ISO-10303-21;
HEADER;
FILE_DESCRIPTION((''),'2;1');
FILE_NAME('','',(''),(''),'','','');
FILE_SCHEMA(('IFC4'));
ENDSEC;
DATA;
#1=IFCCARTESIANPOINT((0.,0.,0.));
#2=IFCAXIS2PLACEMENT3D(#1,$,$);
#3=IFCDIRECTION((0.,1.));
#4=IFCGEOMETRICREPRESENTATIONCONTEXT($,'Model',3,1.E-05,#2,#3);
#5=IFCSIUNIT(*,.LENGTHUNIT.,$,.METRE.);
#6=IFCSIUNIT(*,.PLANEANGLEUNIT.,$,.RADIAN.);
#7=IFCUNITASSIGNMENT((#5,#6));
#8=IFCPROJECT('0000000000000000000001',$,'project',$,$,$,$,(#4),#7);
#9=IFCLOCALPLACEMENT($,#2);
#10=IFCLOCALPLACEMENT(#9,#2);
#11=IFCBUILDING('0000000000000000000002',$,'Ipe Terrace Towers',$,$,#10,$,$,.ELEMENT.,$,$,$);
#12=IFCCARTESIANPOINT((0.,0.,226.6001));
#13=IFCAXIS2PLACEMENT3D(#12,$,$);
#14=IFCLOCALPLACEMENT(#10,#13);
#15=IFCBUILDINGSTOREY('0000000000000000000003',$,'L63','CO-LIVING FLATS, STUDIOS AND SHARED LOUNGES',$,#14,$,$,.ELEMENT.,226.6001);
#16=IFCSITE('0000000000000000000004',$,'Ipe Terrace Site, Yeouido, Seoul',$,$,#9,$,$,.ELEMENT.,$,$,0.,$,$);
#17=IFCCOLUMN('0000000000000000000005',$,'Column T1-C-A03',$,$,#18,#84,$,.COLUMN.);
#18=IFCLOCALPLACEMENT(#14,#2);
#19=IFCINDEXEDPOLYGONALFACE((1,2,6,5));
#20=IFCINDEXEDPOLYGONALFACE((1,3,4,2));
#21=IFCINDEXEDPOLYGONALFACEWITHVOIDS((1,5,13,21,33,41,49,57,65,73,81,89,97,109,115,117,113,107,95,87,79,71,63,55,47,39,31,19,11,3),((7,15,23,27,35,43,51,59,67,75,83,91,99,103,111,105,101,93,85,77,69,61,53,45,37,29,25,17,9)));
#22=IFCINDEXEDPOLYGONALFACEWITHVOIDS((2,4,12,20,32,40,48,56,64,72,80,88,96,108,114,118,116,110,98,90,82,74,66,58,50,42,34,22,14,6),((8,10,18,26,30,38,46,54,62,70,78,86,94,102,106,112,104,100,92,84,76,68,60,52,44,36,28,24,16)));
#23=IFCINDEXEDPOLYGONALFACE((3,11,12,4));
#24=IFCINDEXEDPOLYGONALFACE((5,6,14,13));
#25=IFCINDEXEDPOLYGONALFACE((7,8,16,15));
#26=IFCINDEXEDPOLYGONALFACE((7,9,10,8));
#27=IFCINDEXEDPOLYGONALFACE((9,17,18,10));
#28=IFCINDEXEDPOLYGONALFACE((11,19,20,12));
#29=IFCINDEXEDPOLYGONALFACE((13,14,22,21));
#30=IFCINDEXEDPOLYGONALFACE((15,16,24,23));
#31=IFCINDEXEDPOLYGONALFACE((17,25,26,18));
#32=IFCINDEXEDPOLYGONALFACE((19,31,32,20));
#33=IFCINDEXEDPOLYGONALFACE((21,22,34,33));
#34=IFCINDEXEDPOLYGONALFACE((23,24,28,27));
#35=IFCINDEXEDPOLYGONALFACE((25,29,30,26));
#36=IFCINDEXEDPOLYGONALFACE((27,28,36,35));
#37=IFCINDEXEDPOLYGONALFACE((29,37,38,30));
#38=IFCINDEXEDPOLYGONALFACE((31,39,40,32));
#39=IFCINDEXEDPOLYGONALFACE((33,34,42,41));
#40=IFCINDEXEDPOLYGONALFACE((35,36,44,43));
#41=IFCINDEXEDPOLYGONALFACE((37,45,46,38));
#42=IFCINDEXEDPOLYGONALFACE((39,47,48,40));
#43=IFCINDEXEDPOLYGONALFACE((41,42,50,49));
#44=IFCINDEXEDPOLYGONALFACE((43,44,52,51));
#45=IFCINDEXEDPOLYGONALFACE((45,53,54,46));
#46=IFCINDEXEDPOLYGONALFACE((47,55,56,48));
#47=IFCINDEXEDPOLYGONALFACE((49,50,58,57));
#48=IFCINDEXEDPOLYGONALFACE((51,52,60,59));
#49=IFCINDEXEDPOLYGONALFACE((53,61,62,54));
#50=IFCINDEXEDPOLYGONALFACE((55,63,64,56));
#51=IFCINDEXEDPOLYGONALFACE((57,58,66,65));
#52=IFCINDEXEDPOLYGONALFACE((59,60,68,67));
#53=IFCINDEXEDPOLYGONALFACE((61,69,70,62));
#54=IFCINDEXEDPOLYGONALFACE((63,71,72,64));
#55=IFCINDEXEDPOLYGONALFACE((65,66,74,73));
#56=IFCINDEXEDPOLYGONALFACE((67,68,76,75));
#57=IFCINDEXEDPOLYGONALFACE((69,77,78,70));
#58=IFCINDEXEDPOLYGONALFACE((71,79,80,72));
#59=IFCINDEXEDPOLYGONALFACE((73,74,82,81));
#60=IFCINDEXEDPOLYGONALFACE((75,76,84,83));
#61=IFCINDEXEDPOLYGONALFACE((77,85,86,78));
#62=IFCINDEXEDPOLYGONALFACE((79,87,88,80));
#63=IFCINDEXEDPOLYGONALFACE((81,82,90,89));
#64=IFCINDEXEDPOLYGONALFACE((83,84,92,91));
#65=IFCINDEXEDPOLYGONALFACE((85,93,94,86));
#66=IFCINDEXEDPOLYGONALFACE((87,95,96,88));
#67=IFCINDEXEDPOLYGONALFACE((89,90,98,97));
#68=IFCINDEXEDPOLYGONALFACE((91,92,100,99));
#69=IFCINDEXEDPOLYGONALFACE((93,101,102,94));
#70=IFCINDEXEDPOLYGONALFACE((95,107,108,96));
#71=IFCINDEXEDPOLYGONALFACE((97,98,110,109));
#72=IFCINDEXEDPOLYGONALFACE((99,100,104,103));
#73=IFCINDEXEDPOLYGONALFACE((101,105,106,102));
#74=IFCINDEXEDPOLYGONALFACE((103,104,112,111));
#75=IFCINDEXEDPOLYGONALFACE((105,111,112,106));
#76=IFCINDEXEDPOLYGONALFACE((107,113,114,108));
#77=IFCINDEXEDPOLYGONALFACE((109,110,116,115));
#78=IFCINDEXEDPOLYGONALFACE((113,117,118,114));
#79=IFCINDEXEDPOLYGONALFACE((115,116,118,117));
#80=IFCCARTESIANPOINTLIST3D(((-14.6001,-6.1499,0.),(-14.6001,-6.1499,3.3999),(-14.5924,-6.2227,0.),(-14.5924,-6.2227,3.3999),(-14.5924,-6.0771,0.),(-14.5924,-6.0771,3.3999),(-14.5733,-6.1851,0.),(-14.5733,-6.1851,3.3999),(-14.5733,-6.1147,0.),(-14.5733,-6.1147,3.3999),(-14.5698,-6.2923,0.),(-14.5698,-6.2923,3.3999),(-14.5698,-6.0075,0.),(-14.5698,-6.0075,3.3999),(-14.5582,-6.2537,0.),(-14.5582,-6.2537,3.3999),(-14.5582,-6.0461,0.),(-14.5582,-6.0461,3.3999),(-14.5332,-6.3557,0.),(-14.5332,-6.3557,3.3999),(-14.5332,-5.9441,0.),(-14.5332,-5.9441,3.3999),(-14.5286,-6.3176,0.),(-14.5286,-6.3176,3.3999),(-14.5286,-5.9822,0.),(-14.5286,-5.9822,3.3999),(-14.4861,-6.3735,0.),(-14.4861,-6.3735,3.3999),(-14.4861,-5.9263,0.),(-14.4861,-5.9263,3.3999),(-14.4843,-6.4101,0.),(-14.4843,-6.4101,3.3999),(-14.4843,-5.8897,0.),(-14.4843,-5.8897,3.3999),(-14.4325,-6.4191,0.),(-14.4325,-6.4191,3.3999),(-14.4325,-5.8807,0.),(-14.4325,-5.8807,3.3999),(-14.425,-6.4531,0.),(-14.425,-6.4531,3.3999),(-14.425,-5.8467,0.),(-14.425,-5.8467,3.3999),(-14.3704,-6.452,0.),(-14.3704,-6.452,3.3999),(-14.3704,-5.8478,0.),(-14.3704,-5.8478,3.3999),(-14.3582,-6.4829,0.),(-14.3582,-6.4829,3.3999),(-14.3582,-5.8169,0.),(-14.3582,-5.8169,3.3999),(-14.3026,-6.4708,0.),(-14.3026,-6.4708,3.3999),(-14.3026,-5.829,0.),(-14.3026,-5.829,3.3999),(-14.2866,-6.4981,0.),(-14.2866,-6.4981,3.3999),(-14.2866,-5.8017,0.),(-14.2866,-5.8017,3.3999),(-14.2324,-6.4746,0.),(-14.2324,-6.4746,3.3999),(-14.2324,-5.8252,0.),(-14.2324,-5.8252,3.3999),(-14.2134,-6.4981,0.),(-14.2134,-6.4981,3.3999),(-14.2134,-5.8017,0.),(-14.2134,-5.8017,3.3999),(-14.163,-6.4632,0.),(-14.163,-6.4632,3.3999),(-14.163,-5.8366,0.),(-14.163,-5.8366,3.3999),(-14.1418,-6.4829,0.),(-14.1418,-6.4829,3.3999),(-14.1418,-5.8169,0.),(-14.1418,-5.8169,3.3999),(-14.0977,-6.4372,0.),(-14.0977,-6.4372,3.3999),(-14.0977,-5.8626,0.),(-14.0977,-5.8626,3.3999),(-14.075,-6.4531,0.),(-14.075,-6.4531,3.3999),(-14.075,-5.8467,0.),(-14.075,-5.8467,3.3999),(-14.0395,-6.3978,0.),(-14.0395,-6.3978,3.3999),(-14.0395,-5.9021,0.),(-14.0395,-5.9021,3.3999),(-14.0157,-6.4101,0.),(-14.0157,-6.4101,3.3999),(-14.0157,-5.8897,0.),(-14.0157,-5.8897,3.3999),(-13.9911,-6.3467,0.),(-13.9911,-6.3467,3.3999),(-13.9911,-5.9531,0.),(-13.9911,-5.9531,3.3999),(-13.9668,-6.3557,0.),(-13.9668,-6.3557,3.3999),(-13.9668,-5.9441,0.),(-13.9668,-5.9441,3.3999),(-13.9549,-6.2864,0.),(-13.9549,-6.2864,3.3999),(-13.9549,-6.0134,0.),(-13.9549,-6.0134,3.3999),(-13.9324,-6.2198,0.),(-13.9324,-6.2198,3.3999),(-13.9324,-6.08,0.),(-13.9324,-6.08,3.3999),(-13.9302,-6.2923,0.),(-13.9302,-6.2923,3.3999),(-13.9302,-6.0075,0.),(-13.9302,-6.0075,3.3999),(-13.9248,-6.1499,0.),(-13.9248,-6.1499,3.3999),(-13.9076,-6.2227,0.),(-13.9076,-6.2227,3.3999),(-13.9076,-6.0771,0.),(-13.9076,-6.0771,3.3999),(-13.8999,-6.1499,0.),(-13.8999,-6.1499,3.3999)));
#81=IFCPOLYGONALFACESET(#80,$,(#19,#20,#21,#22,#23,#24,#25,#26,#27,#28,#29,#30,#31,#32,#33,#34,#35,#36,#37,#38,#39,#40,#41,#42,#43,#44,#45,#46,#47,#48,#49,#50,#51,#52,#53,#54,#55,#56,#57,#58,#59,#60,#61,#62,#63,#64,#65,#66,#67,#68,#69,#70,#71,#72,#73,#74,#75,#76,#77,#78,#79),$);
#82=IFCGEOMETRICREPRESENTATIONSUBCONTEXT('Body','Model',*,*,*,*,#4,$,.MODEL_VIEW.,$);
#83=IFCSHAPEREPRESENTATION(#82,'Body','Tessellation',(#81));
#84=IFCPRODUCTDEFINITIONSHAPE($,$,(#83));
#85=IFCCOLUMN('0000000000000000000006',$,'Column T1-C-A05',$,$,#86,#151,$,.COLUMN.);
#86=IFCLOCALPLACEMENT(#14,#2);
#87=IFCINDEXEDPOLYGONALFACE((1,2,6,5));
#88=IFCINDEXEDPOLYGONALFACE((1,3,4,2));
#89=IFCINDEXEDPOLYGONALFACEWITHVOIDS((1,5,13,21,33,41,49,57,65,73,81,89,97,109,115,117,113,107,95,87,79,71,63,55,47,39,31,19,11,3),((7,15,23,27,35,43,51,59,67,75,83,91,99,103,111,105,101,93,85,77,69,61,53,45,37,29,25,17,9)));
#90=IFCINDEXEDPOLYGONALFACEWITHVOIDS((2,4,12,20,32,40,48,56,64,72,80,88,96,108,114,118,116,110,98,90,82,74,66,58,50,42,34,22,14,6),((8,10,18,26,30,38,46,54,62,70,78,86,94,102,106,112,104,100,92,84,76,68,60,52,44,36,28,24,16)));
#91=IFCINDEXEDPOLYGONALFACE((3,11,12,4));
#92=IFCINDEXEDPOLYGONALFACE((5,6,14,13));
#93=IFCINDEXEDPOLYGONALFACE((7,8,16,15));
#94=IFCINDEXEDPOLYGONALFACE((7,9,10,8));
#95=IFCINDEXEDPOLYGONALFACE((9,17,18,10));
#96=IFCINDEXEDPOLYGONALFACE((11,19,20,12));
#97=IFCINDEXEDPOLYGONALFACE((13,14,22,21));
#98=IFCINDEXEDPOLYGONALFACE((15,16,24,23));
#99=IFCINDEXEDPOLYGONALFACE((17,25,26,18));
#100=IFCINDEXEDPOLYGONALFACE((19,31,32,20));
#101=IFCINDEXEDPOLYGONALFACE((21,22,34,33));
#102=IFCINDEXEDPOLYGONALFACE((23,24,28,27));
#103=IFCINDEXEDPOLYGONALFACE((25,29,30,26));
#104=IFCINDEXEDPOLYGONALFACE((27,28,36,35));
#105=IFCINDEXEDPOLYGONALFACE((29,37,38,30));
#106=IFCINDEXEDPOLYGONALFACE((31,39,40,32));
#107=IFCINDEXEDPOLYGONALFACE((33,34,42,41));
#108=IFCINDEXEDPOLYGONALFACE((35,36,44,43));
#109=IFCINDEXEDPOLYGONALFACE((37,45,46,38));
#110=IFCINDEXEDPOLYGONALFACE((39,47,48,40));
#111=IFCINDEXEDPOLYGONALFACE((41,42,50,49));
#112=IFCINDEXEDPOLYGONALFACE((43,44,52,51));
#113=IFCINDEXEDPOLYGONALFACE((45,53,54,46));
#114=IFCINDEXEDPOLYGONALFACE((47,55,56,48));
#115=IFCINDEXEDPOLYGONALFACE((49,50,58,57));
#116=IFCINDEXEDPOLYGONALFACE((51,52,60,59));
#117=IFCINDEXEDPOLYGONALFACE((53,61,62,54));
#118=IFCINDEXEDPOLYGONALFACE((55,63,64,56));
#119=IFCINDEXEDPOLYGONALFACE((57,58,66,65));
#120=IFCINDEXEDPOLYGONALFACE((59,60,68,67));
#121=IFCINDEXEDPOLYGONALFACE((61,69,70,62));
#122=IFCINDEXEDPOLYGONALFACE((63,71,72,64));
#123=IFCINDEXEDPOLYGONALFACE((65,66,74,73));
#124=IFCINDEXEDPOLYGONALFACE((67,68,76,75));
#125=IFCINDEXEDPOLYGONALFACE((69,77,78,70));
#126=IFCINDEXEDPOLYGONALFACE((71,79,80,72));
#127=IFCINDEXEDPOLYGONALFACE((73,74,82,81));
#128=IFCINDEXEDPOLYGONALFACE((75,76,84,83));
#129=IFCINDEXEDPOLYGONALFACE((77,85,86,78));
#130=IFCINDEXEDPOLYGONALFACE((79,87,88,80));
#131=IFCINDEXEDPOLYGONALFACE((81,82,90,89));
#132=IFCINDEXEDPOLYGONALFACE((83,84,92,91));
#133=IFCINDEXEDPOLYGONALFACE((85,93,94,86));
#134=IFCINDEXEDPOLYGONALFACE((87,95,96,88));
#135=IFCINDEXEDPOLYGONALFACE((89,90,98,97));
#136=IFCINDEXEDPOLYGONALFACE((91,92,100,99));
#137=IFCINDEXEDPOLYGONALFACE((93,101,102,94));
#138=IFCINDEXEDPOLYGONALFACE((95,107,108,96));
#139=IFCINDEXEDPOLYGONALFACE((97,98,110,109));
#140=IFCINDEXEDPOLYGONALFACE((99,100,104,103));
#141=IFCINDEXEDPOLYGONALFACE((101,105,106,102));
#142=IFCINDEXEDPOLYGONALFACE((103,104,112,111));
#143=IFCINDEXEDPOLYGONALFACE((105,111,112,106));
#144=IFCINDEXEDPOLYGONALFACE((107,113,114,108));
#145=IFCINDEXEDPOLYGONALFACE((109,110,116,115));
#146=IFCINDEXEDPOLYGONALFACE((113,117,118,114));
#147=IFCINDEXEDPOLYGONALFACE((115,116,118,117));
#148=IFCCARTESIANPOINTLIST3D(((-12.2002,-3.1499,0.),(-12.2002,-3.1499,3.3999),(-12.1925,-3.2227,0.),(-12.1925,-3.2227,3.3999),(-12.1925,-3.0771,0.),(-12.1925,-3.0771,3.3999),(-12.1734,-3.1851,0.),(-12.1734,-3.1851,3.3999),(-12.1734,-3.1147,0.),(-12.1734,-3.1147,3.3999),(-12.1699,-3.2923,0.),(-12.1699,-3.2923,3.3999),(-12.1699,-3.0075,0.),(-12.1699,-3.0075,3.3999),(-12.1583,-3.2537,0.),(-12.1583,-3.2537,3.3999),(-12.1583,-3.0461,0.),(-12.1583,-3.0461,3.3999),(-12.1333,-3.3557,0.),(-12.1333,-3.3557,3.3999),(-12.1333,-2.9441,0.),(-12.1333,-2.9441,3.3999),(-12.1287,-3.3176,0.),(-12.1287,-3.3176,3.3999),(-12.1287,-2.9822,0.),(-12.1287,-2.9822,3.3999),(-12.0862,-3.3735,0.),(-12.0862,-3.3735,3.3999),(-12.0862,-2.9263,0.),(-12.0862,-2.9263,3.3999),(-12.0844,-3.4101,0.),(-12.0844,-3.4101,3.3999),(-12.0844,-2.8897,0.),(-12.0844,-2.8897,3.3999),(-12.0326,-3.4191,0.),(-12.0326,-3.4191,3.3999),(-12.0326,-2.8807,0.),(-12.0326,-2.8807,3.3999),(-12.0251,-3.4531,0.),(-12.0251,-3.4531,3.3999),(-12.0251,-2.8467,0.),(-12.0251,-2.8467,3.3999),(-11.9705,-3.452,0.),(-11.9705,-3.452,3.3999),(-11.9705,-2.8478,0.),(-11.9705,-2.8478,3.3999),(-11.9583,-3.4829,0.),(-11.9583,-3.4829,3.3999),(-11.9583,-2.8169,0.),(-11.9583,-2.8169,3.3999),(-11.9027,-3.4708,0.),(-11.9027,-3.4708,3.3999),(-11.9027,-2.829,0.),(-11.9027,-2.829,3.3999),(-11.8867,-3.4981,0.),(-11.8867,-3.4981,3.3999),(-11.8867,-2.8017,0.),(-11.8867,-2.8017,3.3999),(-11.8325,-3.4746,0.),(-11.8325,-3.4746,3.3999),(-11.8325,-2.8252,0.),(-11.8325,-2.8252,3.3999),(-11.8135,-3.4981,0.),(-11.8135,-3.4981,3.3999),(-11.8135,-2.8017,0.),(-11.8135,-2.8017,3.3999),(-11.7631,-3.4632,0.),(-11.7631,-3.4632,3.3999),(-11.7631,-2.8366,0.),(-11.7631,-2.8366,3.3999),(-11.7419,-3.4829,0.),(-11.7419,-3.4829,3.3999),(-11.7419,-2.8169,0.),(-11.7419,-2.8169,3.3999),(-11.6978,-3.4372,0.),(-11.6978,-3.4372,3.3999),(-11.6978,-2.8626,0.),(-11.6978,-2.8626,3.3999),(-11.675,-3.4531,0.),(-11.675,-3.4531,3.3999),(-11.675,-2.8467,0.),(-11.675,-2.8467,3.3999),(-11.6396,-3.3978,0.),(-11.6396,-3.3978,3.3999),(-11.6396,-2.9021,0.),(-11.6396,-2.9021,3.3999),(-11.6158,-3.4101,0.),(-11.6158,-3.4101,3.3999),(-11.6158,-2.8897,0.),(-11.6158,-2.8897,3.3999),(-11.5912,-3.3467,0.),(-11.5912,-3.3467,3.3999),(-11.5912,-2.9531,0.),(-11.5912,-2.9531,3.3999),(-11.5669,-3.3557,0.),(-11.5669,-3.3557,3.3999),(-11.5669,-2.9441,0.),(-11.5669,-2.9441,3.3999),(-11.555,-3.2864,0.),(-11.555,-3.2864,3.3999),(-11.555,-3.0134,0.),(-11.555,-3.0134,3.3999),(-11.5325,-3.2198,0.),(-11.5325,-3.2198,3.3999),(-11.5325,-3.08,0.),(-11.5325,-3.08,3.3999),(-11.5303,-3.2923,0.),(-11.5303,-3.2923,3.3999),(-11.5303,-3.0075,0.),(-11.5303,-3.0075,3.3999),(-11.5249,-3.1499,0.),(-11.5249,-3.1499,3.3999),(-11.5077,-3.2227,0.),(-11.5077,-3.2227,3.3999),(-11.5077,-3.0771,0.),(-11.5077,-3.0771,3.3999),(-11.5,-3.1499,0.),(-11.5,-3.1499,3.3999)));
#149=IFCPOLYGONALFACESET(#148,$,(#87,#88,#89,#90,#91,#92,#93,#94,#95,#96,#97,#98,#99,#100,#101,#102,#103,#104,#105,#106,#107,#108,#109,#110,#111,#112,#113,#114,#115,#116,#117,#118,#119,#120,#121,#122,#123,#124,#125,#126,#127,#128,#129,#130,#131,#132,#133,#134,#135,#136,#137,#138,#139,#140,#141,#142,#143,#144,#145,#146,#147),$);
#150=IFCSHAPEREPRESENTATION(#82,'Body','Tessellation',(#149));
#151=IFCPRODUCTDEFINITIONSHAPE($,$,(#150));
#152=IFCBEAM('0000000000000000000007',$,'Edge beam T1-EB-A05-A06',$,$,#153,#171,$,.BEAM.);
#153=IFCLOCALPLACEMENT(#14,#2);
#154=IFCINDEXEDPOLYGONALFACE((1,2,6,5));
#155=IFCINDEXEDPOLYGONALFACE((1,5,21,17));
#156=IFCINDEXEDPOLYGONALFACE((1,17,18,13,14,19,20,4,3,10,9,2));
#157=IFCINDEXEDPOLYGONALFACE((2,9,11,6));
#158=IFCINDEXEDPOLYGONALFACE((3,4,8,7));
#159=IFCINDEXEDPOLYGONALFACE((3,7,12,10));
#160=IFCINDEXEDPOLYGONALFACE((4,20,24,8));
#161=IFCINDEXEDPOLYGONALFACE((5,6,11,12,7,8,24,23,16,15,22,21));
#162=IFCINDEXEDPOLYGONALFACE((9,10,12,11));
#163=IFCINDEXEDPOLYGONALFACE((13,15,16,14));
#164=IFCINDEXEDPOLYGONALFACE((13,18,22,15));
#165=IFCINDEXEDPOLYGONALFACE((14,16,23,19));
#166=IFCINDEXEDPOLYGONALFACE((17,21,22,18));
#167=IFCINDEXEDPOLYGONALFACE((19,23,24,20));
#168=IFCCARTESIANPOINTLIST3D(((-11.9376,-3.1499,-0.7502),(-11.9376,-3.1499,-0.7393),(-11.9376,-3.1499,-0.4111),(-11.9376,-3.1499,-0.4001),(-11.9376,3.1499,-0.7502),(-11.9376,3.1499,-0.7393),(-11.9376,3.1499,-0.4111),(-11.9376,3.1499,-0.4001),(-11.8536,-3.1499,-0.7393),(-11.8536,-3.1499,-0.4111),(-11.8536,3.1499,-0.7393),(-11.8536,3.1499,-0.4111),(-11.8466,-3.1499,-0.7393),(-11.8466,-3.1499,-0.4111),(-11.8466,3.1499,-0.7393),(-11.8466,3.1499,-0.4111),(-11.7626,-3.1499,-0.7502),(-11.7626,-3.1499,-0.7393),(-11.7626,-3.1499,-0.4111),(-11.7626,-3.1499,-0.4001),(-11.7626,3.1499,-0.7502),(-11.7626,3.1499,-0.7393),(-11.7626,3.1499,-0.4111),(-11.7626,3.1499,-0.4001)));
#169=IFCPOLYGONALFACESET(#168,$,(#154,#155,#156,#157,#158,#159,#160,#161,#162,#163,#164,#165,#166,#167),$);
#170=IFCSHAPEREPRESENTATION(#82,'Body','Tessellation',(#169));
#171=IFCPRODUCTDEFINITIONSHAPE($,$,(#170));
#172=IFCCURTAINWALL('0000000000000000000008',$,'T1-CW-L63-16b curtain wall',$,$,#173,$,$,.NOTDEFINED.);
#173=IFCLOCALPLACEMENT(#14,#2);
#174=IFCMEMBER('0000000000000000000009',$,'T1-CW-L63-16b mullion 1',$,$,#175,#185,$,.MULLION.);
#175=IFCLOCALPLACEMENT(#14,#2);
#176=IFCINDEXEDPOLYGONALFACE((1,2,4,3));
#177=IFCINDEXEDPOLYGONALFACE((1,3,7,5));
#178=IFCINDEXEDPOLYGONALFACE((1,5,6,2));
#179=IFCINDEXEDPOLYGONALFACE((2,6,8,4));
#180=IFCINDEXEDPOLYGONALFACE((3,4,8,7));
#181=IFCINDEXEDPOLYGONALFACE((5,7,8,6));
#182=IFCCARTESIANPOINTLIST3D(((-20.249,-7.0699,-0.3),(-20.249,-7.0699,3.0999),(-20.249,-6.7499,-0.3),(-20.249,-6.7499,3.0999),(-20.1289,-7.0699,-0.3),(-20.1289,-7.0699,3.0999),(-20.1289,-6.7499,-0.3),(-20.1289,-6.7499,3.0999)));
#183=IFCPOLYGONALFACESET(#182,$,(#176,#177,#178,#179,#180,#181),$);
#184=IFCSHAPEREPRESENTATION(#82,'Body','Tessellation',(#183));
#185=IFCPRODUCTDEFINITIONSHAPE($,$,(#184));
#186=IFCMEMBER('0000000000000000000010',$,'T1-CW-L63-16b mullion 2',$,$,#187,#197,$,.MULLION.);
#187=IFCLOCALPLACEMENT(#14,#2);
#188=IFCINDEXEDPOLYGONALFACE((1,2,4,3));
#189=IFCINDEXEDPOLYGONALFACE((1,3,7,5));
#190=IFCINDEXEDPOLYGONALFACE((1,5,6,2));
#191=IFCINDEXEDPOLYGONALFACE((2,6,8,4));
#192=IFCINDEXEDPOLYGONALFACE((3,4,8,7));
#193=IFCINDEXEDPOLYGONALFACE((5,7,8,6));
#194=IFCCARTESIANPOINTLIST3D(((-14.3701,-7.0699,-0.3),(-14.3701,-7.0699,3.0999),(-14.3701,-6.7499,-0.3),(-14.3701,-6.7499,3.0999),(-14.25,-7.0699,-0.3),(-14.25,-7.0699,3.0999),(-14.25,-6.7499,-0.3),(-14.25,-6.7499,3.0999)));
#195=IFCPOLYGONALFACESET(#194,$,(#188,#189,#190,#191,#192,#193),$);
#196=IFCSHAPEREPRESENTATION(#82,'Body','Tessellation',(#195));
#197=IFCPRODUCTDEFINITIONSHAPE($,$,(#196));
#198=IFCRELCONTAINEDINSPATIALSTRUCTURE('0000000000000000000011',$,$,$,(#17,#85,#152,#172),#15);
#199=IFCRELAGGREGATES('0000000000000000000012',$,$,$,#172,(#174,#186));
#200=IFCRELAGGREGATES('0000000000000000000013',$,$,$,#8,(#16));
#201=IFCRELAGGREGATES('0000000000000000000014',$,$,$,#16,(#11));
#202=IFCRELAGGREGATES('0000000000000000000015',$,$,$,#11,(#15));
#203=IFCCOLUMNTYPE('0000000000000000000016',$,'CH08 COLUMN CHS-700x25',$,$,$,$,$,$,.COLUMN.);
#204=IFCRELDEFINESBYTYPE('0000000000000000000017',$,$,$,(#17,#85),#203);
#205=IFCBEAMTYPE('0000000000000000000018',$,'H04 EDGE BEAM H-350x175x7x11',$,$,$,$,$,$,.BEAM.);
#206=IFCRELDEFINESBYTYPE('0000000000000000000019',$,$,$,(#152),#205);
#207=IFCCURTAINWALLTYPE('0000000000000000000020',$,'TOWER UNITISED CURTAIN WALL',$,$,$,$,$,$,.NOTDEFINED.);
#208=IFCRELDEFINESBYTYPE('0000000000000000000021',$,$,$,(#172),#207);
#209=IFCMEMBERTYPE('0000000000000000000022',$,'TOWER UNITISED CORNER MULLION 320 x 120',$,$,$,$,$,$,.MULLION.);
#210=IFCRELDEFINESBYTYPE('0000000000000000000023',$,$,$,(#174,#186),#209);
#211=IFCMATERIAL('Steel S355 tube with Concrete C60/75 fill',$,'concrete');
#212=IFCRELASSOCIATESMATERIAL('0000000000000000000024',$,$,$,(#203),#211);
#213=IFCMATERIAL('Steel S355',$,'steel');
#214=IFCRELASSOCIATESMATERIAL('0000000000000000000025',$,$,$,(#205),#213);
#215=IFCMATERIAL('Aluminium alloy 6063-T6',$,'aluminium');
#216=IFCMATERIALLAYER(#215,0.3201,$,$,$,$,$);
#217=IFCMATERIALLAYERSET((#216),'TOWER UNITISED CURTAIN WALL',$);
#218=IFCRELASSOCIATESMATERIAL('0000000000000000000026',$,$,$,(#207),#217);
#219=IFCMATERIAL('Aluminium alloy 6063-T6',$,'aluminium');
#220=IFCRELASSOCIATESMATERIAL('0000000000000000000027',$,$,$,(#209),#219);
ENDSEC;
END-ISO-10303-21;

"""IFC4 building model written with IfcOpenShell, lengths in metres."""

from ifc_helpers import new_model, si_unit, direction, frame, origin, origin_2d, place, context, subcontext, project, spatial, rectangle, hollow_circle, i_section, extrude, material, layer, layer_set, material_profile, profile_set, type_object, element, aggregate, save


model = new_model("IFC4")

# Units and contexts
model_context = context("Model", 3, precision=1e-05, world=origin(), true_north=direction((0.0, 1.0)))
body_context = subcontext(model_context, "Body", "Model", "MODEL_VIEW")
ifc_project = project(units=[si_unit("LENGTHUNIT", "METRE"), si_unit("PLANEANGLEUNIT", "RADIAN")], contexts=[model_context])

# Site, building, storey
site_placement = place(None, origin())
site = spatial("IfcSite", under=ifc_project, at=site_placement, Name="Ipe Terrace Site, Yeouido, Seoul", CompositionType="ELEMENT", RefElevation=0.0)
building_placement = place(site_placement, origin())
building = spatial("IfcBuilding", under=site, at=building_placement, Name="Ipe Terrace Towers", CompositionType="ELEMENT")
storey_placement = place(building_placement, frame((0.0, 0.0, 226.6001)))
storey = spatial("IfcBuildingStorey", under=building, at=storey_placement, Name="L63", Description="CO-LIVING FLATS, STUDIOS AND SHARED LOUNGES", CompositionType="ELEMENT", Elevation=226.6001)

# Columns
ifc_material_1 = material(Name="Steel S355 tube with Concrete C60/75 fill", Category="concrete")
ifc_material_profile_1 = material_profile(ifc_material_1, hollow_circle(Radius=0.3501, WallThickness=0.0249, at=origin_2d()), Name="CHS-700x25")
ifc_profile_set_1 = profile_set([ifc_material_profile_1], Name="Steel S355 tube with Concrete C60/75 fill")
column_type = type_object("IfcColumnType", Name="CH08 COLUMN CHS-700x25", PredefinedType="COLUMN", material=ifc_profile_set_1)
for number, where, z_axis, x_axis, name in (
    (1, (-14.25, -6.1499, 0.0), (0.0, 0.0, 1.0), (1.0, 0.0, 0.0), "Column T1-C-A03"),
    (2, (-11.8501, -3.1499, 0.0), (0.0, 0.0, 1.0), (1.0, 0.0, 0.0), "Column T1-C-A05"),
):
    element("IfcColumn", number, at=place(storey_placement, frame(where, z_axis=z_axis, x_axis=x_axis)), inside=storey, type_object=column_type, Name=name, PredefinedType="COLUMN", context=body_context, shape_type="SweptSolid", body=[
        extrude(hollow_circle(Radius=0.3501, WallThickness=0.0249, at=origin_2d()), origin(), (0.0, 0.0, 1.0), 3.3999),
    ])

# Beam
ifc_material_2 = material(Name="Steel S355", Category="steel")
ifc_material_profile_2 = material_profile(ifc_material_2, i_section(OverallWidth=0.175, OverallDepth=0.3501, WebThickness=0.0071, FlangeThickness=0.011, at=origin_2d()), Name="H-350x175x7x11")
ifc_profile_set_2 = profile_set([ifc_material_profile_2], Name="Steel S355")
beam_type = type_object("IfcBeamType", Name="H04 EDGE BEAM H-350x175x7x11", PredefinedType="BEAM", material=ifc_profile_set_2)
beam_placement = place(storey_placement, frame((-11.8501, -3.1499, -0.5752), z_axis=(0.0, 1.0, 0.0), x_axis=(-1.0, 0.0, 0.0)))
element("IfcBeam", 3, at=beam_placement, inside=storey, type_object=beam_type, Name="Edge beam T1-EB-A05-A06", PredefinedType="BEAM", context=body_context, shape_type="SweptSolid", body=[
    extrude(i_section(OverallWidth=0.175, OverallDepth=0.3501, WebThickness=0.0071, FlangeThickness=0.011, at=origin_2d()), origin(), (0.0, 0.0, 1.0), 6.2998),
])

# Curtain wall, members
ifc_material_3 = material(Name="Aluminium alloy 6063-T6", Category="aluminium")
ifc_layer_1 = layer(ifc_material_3, 0.3201)
ifc_layer_set_1 = layer_set([ifc_layer_1], Name="TOWER UNITISED CURTAIN WALL")
curtain_wall_type = type_object("IfcCurtainWallType", Name="TOWER UNITISED CURTAIN WALL", PredefinedType="NOTDEFINED", material=ifc_layer_set_1)
curtain_wall_1_placement = place(storey_placement, origin())
curtain_wall_1 = element("IfcCurtainWall", 4, at=curtain_wall_1_placement, inside=storey, type_object=curtain_wall_type, Name="T1-CW-L63-16b curtain wall", PredefinedType="NOTDEFINED")
ifc_material_4 = material(Name="Aluminium alloy 6063-T6", Category="aluminium")
ifc_material_profile_3 = material_profile(ifc_material_4, rectangle(XDim=0.3201, YDim=0.1201, at=origin_2d()), Name="TOWER UNITISED CORNER MULLION 320 x 120")
ifc_profile_set_3 = profile_set([ifc_material_profile_3], Name="Aluminium alloy 6063-T6")
member_type_1 = type_object("IfcMemberType", Name="TOWER UNITISED CORNER MULLION 320 x 120", PredefinedType="MULLION", material=ifc_profile_set_3)
member_1_placement = place(storey_placement, frame((-20.189, -6.9099, -0.3), z_axis=(0.0, 0.0, 1.0), x_axis=(0.0, -1.0, 0.0)))
member_1 = element("IfcMember", 5, at=member_1_placement, type_object=member_type_1, Name="T1-CW-L63-16b mullion 1", PredefinedType="MULLION", context=body_context, shape_type="SweptSolid", body=[
    extrude(rectangle(XDim=0.3201, YDim=0.1201, at=origin_2d()), origin(), (0.0, 0.0, 1.0), 3.3999),
])
member_2_placement = place(storey_placement, frame((-14.3101, -6.9099, -0.3), z_axis=(0.0, 0.0, 1.0), x_axis=(0.0, -1.0, 0.0)))
member_2 = element("IfcMember", 6, at=member_2_placement, type_object=member_type_1, Name="T1-CW-L63-16b mullion 2", PredefinedType="MULLION", context=body_context, shape_type="SweptSolid", body=[
    extrude(rectangle(XDim=0.3201, YDim=0.1201, at=origin_2d()), origin(), (0.0, 0.0, 1.0), 3.3999),
])

aggregate(curtain_wall_1, [member_1, member_2])

save(model, "model.ifc")
